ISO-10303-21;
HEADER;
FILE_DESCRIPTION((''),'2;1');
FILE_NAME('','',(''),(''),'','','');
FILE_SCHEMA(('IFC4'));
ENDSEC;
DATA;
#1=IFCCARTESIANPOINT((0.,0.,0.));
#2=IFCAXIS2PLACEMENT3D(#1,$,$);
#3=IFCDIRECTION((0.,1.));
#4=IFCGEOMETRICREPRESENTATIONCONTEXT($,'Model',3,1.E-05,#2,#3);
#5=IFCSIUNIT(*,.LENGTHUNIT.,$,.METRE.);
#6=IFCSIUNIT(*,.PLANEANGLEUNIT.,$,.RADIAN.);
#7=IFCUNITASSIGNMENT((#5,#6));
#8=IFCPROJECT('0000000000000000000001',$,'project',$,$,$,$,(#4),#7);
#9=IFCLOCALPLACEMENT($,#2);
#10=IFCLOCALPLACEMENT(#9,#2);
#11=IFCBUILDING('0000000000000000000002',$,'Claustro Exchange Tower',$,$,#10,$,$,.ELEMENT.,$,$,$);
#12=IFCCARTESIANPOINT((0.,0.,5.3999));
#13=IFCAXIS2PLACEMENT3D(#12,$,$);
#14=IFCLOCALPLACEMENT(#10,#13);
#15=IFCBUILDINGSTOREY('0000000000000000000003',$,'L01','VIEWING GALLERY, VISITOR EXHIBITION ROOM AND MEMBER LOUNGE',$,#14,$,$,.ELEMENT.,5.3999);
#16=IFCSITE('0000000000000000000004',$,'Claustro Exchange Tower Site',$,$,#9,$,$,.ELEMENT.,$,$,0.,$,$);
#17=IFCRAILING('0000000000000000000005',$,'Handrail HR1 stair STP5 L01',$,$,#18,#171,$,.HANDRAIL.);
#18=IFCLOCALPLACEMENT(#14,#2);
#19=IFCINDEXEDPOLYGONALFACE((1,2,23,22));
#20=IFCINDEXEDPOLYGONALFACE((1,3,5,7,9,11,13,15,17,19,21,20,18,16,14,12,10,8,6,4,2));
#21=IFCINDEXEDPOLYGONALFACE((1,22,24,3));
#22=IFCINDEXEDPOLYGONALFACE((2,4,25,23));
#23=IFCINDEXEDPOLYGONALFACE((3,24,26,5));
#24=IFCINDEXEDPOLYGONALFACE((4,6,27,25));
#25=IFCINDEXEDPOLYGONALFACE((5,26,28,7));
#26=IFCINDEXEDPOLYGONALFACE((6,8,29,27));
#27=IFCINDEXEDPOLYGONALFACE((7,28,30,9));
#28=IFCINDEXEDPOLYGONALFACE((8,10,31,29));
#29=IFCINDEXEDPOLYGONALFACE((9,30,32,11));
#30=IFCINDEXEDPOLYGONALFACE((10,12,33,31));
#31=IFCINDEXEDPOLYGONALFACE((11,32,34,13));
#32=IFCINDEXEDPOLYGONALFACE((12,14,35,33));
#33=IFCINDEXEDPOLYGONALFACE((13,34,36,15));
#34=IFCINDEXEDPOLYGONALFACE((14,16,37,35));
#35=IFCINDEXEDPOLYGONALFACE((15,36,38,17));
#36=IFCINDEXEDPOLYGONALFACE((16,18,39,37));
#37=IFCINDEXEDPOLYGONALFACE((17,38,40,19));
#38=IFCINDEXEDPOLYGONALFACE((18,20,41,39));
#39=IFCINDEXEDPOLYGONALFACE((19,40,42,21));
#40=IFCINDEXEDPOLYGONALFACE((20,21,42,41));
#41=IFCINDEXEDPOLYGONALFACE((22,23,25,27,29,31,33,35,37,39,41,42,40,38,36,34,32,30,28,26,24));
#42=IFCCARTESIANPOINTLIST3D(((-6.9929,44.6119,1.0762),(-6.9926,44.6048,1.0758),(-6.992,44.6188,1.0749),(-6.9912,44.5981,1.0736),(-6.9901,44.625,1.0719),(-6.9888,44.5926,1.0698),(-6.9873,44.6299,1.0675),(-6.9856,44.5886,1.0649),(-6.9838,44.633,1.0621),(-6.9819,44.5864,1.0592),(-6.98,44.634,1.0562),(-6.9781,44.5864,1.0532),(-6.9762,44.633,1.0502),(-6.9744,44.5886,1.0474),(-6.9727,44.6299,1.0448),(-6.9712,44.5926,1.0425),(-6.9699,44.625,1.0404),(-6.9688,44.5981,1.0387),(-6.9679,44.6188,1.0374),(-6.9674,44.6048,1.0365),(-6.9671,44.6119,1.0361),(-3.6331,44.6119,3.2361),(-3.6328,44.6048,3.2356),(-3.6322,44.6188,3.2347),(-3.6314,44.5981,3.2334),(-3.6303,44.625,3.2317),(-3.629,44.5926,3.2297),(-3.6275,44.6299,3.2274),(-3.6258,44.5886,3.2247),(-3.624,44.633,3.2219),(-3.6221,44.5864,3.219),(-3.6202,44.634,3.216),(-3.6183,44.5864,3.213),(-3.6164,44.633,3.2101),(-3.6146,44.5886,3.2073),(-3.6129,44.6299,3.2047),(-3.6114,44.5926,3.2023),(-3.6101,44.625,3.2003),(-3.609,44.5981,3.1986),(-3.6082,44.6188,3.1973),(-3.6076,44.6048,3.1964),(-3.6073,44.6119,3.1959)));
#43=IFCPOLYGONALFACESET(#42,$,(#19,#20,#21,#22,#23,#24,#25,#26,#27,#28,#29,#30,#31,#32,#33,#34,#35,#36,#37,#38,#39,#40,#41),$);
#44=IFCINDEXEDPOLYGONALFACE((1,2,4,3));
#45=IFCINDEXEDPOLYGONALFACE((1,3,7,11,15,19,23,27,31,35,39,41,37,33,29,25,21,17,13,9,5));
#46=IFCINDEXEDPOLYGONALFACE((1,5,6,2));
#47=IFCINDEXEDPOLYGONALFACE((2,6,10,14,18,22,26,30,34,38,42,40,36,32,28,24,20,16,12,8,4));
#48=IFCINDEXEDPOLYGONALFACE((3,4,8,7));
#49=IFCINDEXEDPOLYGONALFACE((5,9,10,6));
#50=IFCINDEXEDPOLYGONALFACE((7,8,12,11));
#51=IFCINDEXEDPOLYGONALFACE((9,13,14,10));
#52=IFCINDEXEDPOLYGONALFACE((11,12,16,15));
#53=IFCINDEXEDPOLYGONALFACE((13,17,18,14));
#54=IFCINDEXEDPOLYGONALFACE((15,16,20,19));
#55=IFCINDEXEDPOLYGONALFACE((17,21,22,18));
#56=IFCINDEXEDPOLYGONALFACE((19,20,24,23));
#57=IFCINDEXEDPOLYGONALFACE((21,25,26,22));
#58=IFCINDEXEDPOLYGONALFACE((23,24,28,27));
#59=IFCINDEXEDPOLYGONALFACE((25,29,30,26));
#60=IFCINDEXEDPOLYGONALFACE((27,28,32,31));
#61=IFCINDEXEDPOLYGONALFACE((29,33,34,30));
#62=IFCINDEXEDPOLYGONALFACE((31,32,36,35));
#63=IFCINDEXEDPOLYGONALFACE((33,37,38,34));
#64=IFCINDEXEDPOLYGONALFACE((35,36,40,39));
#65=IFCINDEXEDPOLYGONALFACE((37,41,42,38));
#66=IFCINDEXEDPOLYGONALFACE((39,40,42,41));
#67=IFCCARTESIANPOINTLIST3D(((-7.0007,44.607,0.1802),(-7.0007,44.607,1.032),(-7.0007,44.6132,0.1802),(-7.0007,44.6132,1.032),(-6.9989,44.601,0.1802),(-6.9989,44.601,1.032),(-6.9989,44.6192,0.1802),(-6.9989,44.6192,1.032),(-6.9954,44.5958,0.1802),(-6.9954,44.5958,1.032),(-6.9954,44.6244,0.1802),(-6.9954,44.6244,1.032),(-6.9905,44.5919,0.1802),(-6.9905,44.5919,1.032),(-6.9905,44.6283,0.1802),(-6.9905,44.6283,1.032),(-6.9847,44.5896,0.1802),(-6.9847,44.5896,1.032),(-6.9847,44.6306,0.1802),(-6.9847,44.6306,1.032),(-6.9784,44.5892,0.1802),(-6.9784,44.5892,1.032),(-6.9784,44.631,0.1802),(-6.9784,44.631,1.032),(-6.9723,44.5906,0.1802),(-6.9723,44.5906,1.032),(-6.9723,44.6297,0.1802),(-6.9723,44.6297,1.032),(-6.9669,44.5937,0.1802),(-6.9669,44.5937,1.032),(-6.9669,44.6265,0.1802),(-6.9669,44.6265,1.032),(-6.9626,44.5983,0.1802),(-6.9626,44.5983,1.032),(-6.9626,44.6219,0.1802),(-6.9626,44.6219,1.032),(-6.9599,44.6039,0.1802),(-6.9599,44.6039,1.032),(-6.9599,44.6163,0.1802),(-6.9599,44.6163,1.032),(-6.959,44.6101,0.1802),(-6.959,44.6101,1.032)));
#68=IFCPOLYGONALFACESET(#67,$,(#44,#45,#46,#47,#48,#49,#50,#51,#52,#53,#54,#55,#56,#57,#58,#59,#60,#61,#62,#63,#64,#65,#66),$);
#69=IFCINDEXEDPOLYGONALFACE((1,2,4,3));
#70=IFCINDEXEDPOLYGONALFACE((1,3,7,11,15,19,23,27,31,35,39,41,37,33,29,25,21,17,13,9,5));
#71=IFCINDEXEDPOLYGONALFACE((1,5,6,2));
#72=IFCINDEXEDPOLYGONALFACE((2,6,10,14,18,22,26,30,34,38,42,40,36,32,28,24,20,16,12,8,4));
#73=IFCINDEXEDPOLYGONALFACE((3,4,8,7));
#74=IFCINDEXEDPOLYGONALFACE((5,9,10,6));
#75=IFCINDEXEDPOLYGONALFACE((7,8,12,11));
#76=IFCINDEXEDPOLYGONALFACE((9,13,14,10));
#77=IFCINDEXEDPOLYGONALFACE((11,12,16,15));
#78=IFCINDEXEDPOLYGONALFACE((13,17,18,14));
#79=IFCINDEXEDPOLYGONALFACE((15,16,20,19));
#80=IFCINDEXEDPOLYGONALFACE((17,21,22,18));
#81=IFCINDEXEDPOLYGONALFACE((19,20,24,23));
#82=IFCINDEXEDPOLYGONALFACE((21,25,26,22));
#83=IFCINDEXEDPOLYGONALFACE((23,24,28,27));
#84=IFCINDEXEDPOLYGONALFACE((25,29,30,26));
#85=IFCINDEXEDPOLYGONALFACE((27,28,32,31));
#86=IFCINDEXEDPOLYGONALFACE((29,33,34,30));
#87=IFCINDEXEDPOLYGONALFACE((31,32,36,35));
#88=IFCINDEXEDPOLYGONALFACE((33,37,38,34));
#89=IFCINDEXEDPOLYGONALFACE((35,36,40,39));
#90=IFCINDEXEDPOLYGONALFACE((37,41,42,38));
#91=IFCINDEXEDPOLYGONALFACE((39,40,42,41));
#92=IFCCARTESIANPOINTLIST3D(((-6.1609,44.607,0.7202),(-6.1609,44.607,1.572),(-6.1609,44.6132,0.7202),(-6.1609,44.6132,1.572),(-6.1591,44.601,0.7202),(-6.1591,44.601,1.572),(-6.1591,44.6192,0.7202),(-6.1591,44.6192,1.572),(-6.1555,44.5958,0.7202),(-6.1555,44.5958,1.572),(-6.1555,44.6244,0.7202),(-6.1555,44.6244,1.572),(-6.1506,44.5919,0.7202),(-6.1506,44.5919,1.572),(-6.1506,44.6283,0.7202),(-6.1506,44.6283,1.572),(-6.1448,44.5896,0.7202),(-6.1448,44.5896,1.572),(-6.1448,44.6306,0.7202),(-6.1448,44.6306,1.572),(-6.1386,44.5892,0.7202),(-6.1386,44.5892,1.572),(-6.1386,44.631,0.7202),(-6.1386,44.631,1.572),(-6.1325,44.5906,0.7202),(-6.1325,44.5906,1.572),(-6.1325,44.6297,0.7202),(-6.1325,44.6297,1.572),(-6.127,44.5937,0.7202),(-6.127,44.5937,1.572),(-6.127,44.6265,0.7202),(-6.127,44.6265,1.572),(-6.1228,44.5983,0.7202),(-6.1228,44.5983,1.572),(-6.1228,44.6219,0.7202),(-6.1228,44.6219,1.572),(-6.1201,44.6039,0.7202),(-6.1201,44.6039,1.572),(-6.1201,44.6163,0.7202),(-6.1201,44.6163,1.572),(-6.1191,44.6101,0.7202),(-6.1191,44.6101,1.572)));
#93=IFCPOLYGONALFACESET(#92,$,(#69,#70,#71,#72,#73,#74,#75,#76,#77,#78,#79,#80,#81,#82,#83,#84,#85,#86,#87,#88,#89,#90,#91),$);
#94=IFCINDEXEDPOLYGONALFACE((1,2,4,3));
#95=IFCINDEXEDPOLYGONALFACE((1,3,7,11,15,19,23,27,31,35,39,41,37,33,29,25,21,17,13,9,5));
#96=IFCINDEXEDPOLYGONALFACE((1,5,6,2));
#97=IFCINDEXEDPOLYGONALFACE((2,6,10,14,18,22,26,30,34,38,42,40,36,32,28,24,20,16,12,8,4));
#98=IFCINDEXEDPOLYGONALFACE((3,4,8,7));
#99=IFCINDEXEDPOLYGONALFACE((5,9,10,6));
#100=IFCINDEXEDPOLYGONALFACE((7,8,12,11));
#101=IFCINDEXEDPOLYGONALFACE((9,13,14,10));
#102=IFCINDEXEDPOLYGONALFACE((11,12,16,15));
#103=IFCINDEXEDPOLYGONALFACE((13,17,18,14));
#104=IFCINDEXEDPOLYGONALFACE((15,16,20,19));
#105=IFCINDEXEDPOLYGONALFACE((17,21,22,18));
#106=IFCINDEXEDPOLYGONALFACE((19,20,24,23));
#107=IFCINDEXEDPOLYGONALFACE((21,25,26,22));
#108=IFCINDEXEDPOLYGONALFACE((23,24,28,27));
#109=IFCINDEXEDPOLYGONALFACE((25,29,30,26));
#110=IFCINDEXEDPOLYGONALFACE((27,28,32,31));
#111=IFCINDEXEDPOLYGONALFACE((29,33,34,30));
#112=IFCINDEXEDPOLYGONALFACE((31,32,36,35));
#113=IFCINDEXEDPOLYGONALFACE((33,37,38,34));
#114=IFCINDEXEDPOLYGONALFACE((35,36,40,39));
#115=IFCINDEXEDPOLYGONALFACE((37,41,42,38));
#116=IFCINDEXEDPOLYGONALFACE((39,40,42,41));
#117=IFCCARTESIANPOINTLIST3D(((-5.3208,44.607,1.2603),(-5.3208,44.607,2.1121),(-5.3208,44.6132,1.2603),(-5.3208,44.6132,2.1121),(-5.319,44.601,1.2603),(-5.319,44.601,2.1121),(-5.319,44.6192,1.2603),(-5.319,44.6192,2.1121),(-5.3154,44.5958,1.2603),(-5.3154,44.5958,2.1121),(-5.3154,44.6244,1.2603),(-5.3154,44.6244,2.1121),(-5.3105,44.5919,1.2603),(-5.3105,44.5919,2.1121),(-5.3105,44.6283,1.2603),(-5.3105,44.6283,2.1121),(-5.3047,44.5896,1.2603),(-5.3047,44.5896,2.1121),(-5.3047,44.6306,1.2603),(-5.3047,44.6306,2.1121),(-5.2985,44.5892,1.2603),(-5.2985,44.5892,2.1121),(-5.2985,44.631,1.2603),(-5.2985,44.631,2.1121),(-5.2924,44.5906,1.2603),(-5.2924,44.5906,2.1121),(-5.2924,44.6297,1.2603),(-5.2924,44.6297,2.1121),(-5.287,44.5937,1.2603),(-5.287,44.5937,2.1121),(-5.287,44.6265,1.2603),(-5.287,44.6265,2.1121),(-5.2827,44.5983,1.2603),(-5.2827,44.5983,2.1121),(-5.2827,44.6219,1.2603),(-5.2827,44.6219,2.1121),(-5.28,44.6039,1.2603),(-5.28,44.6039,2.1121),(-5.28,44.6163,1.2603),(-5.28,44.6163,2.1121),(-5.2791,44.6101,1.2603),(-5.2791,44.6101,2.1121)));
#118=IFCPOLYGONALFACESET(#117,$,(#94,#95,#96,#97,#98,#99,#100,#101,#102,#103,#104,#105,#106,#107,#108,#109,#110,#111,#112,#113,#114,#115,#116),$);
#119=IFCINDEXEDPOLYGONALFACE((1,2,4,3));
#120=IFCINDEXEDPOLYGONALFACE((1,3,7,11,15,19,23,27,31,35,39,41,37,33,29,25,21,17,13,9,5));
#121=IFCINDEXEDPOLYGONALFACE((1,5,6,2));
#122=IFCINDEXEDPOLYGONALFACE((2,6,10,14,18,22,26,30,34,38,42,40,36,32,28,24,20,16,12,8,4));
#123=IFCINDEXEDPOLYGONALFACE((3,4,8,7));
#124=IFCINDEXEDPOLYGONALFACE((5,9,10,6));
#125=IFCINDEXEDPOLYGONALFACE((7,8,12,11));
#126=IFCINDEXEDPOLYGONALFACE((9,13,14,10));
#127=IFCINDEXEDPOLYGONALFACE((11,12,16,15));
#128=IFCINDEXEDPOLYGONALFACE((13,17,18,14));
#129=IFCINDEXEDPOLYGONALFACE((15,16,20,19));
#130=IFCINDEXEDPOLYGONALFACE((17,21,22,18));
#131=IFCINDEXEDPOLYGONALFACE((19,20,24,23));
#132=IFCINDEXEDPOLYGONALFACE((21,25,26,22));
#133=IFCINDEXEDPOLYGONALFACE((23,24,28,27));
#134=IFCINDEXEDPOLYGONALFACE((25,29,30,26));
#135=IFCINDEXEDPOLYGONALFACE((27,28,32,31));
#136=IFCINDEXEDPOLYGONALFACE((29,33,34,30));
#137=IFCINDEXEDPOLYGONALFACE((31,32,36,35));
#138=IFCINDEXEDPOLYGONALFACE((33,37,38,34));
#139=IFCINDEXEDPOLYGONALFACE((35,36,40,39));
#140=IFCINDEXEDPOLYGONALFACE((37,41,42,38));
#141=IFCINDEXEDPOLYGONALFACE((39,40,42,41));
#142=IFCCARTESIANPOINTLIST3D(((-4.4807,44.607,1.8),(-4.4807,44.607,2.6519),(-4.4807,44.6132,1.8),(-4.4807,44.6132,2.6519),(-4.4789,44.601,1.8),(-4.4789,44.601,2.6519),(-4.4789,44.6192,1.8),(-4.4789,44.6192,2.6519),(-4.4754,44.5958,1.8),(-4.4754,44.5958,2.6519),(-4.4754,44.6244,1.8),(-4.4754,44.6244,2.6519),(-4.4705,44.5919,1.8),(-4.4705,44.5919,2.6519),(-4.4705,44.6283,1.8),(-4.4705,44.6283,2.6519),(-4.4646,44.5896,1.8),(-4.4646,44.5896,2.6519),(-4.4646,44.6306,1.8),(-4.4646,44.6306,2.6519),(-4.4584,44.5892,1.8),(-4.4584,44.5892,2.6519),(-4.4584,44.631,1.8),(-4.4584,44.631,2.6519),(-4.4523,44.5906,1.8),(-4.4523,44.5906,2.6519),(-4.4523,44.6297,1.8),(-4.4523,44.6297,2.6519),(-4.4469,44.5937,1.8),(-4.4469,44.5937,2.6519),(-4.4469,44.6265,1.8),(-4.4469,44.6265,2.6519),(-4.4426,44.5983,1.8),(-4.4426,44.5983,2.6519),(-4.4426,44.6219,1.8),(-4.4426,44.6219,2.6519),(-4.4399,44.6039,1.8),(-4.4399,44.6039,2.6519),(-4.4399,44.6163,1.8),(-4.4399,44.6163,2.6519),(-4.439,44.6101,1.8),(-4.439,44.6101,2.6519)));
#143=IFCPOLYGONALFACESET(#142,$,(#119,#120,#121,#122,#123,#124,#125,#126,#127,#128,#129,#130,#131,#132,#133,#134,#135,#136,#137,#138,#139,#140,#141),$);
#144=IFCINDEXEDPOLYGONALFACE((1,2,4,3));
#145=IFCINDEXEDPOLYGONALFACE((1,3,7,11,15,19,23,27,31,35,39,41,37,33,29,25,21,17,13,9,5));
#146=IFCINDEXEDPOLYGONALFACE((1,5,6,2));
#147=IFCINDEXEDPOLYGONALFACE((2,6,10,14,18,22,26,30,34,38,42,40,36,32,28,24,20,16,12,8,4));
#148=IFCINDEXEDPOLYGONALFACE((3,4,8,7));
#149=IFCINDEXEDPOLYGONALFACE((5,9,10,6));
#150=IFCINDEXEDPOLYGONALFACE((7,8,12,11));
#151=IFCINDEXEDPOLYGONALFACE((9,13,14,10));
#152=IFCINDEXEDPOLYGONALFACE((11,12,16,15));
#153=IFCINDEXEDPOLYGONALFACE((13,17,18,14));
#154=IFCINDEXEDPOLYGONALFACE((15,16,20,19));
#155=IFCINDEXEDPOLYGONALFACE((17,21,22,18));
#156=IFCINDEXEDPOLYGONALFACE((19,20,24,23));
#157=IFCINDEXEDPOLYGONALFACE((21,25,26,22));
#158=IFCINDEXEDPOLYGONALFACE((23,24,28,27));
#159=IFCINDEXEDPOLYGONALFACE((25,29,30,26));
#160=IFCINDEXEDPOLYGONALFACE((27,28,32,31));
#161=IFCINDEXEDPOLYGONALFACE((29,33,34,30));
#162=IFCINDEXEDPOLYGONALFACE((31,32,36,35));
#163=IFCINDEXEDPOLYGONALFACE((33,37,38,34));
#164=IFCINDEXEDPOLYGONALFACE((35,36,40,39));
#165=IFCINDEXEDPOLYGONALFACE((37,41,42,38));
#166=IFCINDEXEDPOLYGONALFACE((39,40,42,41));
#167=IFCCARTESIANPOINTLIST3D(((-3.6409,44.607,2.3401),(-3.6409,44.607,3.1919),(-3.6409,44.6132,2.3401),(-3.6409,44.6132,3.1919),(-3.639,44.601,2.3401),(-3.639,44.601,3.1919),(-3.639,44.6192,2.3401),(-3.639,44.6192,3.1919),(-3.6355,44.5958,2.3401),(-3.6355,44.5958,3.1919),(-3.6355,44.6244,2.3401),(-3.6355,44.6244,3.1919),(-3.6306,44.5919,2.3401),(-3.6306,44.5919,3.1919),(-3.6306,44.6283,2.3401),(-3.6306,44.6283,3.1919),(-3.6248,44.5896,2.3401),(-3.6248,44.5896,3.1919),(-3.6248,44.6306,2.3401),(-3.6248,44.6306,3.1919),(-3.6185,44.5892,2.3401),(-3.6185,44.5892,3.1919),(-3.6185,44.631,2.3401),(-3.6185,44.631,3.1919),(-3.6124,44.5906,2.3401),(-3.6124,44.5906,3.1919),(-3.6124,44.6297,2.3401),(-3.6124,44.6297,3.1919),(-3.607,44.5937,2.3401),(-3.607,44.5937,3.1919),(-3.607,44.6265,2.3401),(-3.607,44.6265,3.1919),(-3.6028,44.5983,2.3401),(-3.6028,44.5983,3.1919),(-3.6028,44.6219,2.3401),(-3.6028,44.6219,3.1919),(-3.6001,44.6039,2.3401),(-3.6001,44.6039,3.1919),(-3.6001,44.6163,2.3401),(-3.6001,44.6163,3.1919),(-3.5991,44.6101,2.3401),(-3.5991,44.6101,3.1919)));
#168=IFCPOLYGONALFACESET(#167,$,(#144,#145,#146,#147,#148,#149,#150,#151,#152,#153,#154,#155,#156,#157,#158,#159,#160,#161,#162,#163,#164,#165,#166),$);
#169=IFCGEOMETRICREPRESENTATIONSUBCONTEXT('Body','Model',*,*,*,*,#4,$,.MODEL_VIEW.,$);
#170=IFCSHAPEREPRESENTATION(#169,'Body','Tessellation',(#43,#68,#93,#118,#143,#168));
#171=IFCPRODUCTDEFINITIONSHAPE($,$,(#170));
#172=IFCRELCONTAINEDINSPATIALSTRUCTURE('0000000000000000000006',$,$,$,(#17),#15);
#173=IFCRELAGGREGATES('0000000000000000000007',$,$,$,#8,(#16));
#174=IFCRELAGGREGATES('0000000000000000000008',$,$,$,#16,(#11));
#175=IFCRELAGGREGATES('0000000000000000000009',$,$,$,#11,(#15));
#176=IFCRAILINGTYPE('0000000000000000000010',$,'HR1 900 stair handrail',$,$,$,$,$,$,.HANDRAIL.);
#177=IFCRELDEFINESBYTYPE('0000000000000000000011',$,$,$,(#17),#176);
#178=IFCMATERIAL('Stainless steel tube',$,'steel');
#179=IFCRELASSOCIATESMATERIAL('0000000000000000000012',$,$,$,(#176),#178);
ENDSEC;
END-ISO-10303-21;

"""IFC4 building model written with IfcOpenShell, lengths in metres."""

from ifc_helpers import new_model, si_unit, direction, frame, origin, origin_2d, place, context, subcontext, project, spatial, circle, extrude, material, type_object, element, save


model = new_model("IFC4")

# Units and contexts
model_context = context("Model", 3, precision=1e-05, world=origin(), true_north=direction((0.0, 1.0)))
body_context = subcontext(model_context, "Body", "Model", "MODEL_VIEW")
ifc_project = project(units=[si_unit("LENGTHUNIT", "METRE"), si_unit("PLANEANGLEUNIT", "RADIAN")], contexts=[model_context])

# Site, building, storey
site_placement = place(None, origin())
site = spatial("IfcSite", under=ifc_project, at=site_placement, Name="Claustro Exchange Tower Site", CompositionType="ELEMENT", RefElevation=0.0)
building_placement = place(site_placement, origin())
building = spatial("IfcBuilding", under=site, at=building_placement, Name="Claustro Exchange Tower", CompositionType="ELEMENT")
storey_placement = place(building_placement, frame((0.0, 0.0, 5.3999)))
storey = spatial("IfcBuildingStorey", under=building, at=storey_placement, Name="L01", Description="VIEWING GALLERY, VISITOR EXHIBITION ROOM AND MEMBER LOUNGE", CompositionType="ELEMENT", Elevation=5.3999)

# Railing
ifc_material_1 = material(Name="Stainless steel tube", Category="steel")
railing_type_1 = type_object("IfcRailingType", Name="HR1 900 stair handrail", PredefinedType="HANDRAIL", material=ifc_material_1)
railing_1_placement = place(storey_placement, frame((-6.98, 44.6101, 0.1802)))
element("IfcRailing", 1, at=railing_1_placement, inside=storey, type_object=railing_type_1, Name="Handrail HR1 stair STP5 L01", PredefinedType="HANDRAIL", context=body_context, shape_type="SweptSolid", body=[
    extrude(circle(Radius=0.0239, at=origin_2d()), frame((0.0, 0.0, 0.876), z_axis=(0.841178, 0.0, 0.540758), x_axis=(0.0, 1.0, 0.0)), (0.0, 0.0, 1.0), 3.9941),
    extrude(circle(Radius=0.021, at=origin_2d()), origin(), (0.0, 0.0, 1.0), 0.8518),
    extrude(circle(Radius=0.021, at=origin_2d()), frame((0.8398, 0.0, 0.54)), (0.0, 0.0, 1.0), 0.8518),
    extrude(circle(Radius=0.021, at=origin_2d()), frame((1.6799, 0.0, 1.0801)), (0.0, 0.0, 1.0), 0.8518),
    extrude(circle(Radius=0.021, at=origin_2d()), frame((2.52, 0.0, 1.6199)), (0.0, 0.0, 1.0), 0.8518),
    extrude(circle(Radius=0.021, at=origin_2d()), frame((3.3599, 0.0, 2.1599)), (0.0, 0.0, 1.0), 0.8518),
])

save(model, "model.ifc")
